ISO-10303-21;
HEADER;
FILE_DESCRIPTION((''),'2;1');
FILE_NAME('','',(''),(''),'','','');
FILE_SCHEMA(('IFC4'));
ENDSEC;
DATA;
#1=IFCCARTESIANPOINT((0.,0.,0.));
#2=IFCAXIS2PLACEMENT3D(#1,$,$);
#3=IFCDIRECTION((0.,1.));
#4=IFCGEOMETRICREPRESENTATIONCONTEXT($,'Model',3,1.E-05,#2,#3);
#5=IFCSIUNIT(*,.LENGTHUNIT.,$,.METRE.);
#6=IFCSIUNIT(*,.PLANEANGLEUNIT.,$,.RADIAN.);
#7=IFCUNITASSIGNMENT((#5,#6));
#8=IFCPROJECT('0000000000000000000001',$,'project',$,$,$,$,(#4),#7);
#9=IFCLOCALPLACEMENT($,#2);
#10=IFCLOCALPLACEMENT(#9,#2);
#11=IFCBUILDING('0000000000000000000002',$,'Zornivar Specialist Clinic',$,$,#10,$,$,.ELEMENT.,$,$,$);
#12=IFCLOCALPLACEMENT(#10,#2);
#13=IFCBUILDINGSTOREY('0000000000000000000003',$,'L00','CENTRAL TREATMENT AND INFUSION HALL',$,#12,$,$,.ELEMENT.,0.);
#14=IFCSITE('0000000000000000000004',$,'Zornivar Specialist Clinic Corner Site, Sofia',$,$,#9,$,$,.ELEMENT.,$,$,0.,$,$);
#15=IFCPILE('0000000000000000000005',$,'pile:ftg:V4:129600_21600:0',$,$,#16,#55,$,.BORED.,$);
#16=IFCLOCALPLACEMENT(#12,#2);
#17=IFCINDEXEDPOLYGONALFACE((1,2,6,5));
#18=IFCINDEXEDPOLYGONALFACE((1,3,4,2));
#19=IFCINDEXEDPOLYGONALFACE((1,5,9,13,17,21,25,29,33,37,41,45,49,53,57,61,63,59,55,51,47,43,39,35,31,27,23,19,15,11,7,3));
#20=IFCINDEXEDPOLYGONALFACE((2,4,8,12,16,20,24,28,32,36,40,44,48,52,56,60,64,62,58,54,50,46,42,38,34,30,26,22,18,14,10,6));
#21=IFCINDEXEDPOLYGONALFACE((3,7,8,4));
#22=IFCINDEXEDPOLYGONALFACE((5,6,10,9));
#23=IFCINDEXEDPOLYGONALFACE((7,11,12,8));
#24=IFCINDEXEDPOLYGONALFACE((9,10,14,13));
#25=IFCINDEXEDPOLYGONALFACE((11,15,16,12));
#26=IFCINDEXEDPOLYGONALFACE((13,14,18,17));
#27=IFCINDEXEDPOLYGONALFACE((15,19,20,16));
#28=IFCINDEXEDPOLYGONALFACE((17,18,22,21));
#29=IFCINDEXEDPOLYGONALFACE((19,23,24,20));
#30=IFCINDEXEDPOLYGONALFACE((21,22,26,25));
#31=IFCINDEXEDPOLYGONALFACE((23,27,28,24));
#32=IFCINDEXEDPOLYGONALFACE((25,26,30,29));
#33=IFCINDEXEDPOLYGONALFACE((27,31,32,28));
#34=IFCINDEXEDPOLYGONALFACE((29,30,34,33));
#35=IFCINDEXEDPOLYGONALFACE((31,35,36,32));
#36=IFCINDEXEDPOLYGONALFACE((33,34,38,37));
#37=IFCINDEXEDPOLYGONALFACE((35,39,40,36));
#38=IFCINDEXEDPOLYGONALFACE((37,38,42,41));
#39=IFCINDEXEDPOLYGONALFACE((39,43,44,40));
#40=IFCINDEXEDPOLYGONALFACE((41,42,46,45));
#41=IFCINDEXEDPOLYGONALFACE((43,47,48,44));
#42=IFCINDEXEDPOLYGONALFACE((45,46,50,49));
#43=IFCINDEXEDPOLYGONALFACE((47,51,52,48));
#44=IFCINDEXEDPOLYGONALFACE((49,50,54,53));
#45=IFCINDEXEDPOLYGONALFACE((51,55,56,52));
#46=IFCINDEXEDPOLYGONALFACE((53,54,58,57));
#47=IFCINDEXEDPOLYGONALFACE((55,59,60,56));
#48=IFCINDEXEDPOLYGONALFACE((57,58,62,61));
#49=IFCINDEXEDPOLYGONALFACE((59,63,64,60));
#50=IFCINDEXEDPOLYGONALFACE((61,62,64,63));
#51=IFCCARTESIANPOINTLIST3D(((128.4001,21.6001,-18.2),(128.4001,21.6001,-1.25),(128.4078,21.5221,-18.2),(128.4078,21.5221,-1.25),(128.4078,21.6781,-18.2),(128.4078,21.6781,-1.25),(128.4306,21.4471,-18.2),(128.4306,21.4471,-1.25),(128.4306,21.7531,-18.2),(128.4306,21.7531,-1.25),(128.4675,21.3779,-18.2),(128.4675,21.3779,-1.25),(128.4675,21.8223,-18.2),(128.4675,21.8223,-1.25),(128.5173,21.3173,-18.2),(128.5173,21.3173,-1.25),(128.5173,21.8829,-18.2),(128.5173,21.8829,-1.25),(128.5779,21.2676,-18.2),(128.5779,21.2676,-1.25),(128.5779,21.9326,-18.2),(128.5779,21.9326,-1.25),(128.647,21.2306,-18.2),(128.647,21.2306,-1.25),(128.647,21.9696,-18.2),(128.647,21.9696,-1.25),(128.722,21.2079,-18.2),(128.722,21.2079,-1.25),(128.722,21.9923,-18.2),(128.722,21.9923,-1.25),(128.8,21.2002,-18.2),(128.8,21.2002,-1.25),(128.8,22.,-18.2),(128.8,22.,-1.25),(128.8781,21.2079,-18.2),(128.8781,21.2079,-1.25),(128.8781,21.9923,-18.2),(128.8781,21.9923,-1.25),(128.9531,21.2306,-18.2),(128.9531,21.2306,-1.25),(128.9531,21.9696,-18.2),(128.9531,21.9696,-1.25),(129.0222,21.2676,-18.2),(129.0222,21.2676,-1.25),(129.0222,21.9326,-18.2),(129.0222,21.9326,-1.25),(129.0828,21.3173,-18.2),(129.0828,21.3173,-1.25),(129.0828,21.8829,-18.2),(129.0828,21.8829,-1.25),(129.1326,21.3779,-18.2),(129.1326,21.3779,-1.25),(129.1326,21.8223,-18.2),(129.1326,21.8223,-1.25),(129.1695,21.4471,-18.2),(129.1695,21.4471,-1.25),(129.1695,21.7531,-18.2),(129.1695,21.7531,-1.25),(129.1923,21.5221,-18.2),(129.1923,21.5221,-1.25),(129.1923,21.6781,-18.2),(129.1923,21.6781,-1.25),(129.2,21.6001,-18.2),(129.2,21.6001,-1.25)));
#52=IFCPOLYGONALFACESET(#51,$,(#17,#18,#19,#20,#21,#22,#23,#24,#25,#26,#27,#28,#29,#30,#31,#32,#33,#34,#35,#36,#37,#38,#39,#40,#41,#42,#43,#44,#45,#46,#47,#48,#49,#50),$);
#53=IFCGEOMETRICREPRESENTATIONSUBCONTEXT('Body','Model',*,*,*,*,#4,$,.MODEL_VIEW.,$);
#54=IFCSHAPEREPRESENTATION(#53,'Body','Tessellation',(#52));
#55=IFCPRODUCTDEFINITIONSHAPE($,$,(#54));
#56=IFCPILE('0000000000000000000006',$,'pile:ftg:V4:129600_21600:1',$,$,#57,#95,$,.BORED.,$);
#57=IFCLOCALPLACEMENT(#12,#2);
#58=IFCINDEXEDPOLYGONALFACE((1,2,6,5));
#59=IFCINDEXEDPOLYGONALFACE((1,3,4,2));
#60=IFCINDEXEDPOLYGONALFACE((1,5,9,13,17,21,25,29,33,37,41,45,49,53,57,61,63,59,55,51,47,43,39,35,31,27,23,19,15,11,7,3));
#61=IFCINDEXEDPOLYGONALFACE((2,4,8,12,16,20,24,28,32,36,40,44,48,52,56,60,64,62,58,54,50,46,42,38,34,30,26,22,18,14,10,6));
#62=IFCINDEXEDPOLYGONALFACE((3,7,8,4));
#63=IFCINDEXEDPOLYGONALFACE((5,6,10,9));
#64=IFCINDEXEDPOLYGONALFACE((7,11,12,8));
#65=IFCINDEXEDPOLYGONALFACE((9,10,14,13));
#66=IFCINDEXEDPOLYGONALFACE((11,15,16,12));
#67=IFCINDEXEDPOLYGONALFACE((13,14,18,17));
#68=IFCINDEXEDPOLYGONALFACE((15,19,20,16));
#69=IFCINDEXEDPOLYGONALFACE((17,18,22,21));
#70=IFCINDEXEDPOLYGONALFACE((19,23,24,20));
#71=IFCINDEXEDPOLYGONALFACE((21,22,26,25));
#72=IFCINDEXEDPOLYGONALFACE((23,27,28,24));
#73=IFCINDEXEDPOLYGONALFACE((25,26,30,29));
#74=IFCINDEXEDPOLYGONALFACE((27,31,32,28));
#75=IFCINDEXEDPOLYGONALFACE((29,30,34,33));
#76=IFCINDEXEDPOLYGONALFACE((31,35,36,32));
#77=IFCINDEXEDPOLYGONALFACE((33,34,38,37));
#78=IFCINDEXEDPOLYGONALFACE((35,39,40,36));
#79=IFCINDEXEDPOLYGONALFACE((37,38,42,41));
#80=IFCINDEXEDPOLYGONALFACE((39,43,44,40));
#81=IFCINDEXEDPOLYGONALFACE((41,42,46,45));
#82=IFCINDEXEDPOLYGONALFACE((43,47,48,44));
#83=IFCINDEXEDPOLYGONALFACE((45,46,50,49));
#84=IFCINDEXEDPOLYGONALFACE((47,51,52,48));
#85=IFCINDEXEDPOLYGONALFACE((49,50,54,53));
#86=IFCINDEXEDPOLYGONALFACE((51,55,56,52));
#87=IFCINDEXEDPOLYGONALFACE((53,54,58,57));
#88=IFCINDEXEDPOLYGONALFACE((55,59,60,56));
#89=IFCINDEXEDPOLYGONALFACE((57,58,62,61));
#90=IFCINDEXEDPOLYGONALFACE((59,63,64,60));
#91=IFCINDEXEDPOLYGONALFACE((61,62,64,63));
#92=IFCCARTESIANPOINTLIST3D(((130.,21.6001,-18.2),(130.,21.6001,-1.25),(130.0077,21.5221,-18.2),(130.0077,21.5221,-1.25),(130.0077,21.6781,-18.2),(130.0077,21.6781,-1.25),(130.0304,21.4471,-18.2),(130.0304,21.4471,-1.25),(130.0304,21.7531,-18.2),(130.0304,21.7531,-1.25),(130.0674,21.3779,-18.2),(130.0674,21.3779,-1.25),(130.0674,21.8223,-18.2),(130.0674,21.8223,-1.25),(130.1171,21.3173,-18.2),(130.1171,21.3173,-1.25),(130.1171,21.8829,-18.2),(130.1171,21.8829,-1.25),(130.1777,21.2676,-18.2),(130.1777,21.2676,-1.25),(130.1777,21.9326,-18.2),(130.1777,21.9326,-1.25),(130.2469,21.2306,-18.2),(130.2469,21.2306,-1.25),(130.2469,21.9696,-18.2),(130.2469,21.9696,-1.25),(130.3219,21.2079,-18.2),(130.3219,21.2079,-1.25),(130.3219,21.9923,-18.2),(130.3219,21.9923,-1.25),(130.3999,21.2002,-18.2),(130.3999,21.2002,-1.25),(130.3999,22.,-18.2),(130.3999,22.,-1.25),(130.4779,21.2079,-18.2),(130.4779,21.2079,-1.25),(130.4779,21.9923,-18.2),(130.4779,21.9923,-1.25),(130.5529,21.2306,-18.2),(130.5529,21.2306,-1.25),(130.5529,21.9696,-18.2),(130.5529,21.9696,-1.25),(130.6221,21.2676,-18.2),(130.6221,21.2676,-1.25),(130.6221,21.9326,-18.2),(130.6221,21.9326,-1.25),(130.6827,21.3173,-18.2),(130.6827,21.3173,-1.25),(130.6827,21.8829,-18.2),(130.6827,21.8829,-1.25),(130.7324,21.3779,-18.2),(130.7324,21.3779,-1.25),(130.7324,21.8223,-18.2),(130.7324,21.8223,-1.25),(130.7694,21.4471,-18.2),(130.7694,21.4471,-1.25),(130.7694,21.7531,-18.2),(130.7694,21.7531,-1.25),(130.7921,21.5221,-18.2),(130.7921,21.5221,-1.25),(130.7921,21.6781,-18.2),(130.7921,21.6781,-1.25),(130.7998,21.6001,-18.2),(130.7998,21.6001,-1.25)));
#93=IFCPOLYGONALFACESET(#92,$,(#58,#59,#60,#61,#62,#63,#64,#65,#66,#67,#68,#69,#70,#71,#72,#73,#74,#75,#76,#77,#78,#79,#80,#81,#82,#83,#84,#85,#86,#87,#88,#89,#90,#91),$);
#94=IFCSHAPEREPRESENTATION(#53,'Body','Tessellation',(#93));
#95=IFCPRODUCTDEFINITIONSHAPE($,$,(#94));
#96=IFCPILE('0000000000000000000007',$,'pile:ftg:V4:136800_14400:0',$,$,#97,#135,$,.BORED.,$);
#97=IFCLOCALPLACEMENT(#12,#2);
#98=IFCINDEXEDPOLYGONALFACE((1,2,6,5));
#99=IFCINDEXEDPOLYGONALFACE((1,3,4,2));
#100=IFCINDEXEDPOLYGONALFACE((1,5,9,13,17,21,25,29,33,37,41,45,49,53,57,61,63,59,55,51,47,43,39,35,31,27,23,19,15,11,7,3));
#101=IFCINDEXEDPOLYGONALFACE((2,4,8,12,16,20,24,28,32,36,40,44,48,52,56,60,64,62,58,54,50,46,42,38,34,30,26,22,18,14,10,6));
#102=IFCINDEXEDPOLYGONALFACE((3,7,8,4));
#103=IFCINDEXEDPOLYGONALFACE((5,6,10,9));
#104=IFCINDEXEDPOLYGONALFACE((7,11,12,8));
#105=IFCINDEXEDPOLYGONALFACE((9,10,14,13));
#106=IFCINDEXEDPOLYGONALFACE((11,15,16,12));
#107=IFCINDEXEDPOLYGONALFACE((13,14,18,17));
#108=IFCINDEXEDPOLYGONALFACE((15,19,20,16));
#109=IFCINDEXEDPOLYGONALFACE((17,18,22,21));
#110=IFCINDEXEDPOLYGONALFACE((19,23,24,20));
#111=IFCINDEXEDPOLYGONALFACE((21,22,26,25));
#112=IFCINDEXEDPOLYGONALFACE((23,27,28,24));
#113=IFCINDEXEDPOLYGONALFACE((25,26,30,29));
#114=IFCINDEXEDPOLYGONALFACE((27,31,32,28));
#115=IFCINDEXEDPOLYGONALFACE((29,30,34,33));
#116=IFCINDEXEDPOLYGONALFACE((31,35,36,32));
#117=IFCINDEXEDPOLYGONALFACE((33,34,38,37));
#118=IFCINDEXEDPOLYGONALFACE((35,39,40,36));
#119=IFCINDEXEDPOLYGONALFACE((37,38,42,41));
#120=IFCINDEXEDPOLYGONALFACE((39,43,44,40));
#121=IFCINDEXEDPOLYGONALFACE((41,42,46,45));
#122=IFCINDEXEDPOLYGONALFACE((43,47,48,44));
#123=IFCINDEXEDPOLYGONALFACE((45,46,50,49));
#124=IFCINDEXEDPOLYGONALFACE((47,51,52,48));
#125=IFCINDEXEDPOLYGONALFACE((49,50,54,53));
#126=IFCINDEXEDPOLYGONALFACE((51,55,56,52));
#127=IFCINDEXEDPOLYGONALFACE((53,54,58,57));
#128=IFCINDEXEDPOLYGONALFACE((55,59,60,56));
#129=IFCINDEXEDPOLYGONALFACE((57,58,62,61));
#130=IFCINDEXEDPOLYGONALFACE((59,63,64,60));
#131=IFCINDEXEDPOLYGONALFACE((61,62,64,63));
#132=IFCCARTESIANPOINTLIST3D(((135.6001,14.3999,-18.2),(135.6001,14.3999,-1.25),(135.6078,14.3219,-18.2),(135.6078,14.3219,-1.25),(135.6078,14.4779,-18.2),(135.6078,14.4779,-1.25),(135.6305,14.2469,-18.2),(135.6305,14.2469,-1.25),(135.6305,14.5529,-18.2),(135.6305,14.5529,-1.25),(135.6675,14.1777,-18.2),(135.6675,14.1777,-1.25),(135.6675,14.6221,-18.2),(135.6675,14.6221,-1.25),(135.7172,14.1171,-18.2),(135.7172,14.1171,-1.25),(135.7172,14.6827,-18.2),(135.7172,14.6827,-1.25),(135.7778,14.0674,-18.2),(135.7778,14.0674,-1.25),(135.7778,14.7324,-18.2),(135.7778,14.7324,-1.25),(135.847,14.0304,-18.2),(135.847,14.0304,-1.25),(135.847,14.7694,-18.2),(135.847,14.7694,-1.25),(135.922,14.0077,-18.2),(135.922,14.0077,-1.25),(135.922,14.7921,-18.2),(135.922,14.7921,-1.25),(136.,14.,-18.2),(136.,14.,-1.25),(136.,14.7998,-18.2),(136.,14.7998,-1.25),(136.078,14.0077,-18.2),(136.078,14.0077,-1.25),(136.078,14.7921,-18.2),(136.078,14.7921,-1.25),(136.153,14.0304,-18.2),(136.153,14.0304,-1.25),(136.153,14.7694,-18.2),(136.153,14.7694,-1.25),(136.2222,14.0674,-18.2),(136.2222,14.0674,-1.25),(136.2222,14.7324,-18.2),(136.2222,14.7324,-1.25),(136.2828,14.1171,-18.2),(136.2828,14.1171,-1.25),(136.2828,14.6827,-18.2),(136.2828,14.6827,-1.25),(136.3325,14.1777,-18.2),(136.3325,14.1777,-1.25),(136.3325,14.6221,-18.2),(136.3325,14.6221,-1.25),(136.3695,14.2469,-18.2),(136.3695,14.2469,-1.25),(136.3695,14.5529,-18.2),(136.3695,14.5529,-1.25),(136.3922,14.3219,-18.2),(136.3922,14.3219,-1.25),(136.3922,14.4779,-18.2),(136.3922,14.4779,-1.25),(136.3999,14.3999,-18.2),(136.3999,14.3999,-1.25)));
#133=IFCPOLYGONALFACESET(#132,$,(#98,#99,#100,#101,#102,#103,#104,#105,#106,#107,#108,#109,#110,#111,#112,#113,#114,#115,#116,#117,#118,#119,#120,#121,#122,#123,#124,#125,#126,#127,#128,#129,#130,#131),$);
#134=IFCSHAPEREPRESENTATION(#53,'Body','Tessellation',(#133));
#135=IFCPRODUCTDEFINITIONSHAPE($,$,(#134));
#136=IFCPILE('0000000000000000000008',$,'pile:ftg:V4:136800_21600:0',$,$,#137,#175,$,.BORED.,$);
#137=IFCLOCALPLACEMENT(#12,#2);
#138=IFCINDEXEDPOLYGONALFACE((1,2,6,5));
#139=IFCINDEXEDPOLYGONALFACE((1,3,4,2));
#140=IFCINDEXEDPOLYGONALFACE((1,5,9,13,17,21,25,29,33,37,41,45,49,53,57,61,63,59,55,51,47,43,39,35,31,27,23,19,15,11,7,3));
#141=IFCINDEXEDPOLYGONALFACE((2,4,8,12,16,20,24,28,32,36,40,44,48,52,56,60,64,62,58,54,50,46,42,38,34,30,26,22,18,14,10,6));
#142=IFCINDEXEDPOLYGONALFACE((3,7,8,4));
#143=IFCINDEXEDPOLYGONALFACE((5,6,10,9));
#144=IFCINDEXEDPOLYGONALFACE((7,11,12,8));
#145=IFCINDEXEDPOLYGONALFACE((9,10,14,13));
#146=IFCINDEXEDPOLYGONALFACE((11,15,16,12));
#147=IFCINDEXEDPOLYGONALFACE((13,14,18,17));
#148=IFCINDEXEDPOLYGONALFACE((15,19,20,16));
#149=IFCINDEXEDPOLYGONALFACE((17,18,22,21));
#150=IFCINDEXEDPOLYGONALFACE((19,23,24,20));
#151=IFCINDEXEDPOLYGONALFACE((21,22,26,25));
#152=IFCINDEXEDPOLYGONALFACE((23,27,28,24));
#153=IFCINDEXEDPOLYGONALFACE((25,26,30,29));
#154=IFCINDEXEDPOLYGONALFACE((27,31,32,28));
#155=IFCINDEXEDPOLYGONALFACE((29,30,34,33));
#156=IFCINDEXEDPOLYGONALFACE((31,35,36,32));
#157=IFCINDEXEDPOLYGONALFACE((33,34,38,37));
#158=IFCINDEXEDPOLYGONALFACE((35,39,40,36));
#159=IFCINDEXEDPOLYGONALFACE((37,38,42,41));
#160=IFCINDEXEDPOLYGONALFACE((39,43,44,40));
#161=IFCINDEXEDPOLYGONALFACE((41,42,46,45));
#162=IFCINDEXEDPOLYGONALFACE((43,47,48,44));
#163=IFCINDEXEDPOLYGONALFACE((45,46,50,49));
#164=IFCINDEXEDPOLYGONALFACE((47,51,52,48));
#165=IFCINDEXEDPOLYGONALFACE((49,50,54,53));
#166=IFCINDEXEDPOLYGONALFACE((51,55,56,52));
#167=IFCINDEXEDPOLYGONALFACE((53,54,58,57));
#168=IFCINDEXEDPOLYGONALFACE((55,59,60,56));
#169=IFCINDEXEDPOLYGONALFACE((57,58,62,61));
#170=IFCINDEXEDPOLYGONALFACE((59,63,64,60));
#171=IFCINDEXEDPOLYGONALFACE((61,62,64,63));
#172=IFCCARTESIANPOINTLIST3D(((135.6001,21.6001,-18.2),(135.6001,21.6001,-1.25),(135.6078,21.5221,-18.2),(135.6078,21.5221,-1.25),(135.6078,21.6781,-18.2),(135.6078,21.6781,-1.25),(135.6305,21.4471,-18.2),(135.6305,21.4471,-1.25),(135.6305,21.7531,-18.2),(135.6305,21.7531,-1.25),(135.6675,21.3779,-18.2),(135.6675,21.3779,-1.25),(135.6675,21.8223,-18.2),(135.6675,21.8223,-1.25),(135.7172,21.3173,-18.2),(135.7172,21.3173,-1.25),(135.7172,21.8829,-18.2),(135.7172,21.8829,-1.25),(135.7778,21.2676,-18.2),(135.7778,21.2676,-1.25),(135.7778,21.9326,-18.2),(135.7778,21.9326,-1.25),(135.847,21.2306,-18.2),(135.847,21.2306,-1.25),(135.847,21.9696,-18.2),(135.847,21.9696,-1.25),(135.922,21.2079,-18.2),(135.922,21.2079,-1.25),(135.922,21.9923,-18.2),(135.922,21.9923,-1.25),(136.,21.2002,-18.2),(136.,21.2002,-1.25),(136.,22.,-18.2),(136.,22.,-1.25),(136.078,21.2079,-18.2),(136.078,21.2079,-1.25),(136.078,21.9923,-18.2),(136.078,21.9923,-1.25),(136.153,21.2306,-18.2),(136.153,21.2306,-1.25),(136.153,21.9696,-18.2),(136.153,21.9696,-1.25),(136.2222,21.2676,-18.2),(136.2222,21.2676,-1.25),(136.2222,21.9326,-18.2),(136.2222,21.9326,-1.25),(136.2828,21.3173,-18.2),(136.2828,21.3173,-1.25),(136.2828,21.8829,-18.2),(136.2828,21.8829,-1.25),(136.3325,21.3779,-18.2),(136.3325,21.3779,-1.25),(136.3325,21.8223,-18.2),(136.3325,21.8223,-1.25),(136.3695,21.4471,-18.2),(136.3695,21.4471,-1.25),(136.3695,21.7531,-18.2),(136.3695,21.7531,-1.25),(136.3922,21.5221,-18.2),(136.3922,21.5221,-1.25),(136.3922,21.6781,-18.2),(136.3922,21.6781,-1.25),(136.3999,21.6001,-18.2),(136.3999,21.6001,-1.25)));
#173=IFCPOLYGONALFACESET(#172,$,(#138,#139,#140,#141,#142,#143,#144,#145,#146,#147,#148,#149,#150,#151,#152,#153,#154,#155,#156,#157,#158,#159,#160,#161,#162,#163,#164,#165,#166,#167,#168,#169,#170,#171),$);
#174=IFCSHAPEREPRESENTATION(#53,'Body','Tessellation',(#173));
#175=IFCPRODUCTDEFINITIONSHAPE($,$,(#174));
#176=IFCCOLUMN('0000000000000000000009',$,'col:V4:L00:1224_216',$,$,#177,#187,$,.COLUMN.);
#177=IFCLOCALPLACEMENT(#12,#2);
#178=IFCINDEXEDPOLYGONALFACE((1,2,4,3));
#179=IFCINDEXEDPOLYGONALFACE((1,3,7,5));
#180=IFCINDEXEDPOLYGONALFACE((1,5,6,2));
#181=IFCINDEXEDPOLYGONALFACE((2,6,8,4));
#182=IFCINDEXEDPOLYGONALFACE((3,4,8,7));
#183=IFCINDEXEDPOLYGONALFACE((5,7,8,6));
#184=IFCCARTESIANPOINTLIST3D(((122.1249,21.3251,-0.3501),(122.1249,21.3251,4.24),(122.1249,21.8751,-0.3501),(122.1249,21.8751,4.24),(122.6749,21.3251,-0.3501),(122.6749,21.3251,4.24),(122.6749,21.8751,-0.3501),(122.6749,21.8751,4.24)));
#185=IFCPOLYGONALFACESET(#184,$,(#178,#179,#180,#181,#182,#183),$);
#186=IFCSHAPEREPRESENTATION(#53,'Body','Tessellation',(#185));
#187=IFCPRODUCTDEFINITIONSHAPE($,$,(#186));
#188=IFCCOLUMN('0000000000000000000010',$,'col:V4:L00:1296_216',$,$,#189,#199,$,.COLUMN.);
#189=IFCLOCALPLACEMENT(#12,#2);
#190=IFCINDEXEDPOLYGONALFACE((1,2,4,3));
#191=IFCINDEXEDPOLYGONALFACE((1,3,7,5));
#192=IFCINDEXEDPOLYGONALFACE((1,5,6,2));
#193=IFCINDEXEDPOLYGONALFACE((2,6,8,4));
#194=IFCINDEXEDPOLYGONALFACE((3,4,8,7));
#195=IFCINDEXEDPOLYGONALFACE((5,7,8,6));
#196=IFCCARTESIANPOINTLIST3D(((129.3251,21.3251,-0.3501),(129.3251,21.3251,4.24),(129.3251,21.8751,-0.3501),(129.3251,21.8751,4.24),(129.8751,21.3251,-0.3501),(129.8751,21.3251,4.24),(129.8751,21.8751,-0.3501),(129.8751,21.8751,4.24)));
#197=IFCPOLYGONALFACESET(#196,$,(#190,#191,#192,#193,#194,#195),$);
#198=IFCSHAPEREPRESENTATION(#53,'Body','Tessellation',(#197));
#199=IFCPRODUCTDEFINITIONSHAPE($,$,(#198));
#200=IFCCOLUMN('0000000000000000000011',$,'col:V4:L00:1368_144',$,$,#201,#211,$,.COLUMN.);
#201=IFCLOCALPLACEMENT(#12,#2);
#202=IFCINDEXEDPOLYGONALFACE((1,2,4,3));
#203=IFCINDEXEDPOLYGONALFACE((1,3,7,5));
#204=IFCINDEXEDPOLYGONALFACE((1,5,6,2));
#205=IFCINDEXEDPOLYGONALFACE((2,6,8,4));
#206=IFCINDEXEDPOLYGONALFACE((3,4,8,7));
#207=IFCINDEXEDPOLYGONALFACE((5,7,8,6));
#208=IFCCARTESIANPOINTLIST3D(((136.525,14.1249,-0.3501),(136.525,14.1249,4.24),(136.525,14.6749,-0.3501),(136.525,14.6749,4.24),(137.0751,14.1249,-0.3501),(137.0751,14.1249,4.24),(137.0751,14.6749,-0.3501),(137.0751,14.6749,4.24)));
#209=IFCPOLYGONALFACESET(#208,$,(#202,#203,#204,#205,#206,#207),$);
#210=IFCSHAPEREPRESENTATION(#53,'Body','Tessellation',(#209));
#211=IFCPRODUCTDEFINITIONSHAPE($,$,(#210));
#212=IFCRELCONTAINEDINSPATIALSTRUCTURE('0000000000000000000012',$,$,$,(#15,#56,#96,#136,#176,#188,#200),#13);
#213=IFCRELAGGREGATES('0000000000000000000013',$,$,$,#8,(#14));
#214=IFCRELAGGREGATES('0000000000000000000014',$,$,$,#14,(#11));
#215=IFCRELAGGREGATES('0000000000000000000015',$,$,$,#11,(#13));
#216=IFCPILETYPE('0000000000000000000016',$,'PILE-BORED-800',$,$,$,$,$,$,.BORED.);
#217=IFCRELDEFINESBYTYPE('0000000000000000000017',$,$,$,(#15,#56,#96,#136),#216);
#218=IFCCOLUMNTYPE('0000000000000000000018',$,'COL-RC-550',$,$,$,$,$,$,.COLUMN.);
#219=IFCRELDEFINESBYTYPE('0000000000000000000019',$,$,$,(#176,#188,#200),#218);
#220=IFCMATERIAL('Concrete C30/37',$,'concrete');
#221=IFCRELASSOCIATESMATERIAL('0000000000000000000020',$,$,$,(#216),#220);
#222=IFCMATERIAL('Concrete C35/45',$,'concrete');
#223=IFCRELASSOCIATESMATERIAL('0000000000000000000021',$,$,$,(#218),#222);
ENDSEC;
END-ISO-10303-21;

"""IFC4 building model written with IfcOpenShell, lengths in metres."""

from ifc_helpers import new_model, si_unit, direction, frame, origin, origin_2d, place, context, subcontext, project, spatial, rectangle, circle, extrude, material, material_profile, profile_set, type_object, element, save


model = new_model("IFC4")

# Units and contexts
model_context = context("Model", 3, precision=1e-05, world=origin(), true_north=direction((0.0, 1.0)))
body_context = subcontext(model_context, "Body", "Model", "MODEL_VIEW")
ifc_project = project(units=[si_unit("LENGTHUNIT", "METRE"), si_unit("PLANEANGLEUNIT", "RADIAN")], contexts=[model_context])

# Site, building, storey
site_placement = place(None, origin())
site = spatial("IfcSite", under=ifc_project, at=site_placement, Name="Zornivar Specialist Clinic Corner Site, Sofia", CompositionType="ELEMENT", RefElevation=0.0)
building_placement = place(site_placement, origin())
building = spatial("IfcBuilding", under=site, at=building_placement, Name="Zornivar Specialist Clinic", CompositionType="ELEMENT")
storey_placement = place(building_placement, origin())
storey = spatial("IfcBuildingStorey", under=building, at=storey_placement, Name="L00", Description="CENTRAL TREATMENT AND INFUSION HALL", CompositionType="ELEMENT", Elevation=0.0)

# Piles
ifc_material_1 = material(Name="Concrete C30/37", Category="concrete")
ifc_material_profile_1 = material_profile(ifc_material_1, circle(Radius=0.3999, at=origin_2d()), Name="PILE D800")
ifc_profile_set_1 = profile_set([ifc_material_profile_1], Name="Concrete C30/37")
pile_type = type_object("IfcPileType", Name="PILE-BORED-800", PredefinedType="BORED", material=ifc_profile_set_1)
for number, where, z_axis, x_axis, name in (
    (1, (128.8, 21.6001, -1.25), (0.0, 0.0, -1.0), (1.0, 0.0, 0.0), "pile:ftg:V4:129600_21600:0"),
    (2, (130.3999, 21.6001, -1.25), (0.0, 0.0, -1.0), (1.0, 0.0, 0.0), "pile:ftg:V4:129600_21600:1"),
    (3, (136.0, 14.3999, -1.25), (0.0, 0.0, -1.0), (1.0, 0.0, 0.0), "pile:ftg:V4:136800_14400:0"),
    (4, (136.0, 21.6001, -1.25), (0.0, 0.0, -1.0), (1.0, 0.0, 0.0), "pile:ftg:V4:136800_21600:0"),
):
    element("IfcPile", number, at=place(storey_placement, frame(where, z_axis=z_axis, x_axis=x_axis)), inside=storey, type_object=pile_type, Name=name, PredefinedType="BORED", context=body_context, shape_type="SweptSolid", body=[
        extrude(circle(Radius=0.3999, at=origin_2d()), origin(), (0.0, 0.0, 1.0), 16.95),
    ])

# Columns
ifc_material_2 = material(Name="Concrete C35/45", Category="concrete")
ifc_material_profile_2 = material_profile(ifc_material_2, rectangle(XDim=0.55, YDim=0.55, at=origin_2d()), Name="RC 550x550")
ifc_profile_set_2 = profile_set([ifc_material_profile_2], Name="Concrete C35/45")
column_type = type_object("IfcColumnType", Name="COL-RC-550", PredefinedType="COLUMN", material=ifc_profile_set_2)
for number, where, z_axis, x_axis, name in (
    (5, (122.3999, 21.6001, -0.3501), (0.0, 0.0, 1.0), (1.0, 0.0, 0.0), "col:V4:L00:1224_216"),
    (6, (129.6001, 21.6001, -0.3501), (0.0, 0.0, 1.0), (1.0, 0.0, 0.0), "col:V4:L00:1296_216"),
    (7, (136.8, 14.3999, -0.3501), (0.0, 0.0, 1.0), (1.0, 0.0, 0.0), "col:V4:L00:1368_144"),
):
    element("IfcColumn", number, at=place(storey_placement, frame(where, z_axis=z_axis, x_axis=x_axis)), inside=storey, type_object=column_type, Name=name, PredefinedType="COLUMN", context=body_context, shape_type="SweptSolid", body=[
        extrude(rectangle(XDim=0.55, YDim=0.55, at=origin_2d()), origin(), (0.0, 0.0, 1.0), 4.5901),
    ])

save(model, "model.ifc")
